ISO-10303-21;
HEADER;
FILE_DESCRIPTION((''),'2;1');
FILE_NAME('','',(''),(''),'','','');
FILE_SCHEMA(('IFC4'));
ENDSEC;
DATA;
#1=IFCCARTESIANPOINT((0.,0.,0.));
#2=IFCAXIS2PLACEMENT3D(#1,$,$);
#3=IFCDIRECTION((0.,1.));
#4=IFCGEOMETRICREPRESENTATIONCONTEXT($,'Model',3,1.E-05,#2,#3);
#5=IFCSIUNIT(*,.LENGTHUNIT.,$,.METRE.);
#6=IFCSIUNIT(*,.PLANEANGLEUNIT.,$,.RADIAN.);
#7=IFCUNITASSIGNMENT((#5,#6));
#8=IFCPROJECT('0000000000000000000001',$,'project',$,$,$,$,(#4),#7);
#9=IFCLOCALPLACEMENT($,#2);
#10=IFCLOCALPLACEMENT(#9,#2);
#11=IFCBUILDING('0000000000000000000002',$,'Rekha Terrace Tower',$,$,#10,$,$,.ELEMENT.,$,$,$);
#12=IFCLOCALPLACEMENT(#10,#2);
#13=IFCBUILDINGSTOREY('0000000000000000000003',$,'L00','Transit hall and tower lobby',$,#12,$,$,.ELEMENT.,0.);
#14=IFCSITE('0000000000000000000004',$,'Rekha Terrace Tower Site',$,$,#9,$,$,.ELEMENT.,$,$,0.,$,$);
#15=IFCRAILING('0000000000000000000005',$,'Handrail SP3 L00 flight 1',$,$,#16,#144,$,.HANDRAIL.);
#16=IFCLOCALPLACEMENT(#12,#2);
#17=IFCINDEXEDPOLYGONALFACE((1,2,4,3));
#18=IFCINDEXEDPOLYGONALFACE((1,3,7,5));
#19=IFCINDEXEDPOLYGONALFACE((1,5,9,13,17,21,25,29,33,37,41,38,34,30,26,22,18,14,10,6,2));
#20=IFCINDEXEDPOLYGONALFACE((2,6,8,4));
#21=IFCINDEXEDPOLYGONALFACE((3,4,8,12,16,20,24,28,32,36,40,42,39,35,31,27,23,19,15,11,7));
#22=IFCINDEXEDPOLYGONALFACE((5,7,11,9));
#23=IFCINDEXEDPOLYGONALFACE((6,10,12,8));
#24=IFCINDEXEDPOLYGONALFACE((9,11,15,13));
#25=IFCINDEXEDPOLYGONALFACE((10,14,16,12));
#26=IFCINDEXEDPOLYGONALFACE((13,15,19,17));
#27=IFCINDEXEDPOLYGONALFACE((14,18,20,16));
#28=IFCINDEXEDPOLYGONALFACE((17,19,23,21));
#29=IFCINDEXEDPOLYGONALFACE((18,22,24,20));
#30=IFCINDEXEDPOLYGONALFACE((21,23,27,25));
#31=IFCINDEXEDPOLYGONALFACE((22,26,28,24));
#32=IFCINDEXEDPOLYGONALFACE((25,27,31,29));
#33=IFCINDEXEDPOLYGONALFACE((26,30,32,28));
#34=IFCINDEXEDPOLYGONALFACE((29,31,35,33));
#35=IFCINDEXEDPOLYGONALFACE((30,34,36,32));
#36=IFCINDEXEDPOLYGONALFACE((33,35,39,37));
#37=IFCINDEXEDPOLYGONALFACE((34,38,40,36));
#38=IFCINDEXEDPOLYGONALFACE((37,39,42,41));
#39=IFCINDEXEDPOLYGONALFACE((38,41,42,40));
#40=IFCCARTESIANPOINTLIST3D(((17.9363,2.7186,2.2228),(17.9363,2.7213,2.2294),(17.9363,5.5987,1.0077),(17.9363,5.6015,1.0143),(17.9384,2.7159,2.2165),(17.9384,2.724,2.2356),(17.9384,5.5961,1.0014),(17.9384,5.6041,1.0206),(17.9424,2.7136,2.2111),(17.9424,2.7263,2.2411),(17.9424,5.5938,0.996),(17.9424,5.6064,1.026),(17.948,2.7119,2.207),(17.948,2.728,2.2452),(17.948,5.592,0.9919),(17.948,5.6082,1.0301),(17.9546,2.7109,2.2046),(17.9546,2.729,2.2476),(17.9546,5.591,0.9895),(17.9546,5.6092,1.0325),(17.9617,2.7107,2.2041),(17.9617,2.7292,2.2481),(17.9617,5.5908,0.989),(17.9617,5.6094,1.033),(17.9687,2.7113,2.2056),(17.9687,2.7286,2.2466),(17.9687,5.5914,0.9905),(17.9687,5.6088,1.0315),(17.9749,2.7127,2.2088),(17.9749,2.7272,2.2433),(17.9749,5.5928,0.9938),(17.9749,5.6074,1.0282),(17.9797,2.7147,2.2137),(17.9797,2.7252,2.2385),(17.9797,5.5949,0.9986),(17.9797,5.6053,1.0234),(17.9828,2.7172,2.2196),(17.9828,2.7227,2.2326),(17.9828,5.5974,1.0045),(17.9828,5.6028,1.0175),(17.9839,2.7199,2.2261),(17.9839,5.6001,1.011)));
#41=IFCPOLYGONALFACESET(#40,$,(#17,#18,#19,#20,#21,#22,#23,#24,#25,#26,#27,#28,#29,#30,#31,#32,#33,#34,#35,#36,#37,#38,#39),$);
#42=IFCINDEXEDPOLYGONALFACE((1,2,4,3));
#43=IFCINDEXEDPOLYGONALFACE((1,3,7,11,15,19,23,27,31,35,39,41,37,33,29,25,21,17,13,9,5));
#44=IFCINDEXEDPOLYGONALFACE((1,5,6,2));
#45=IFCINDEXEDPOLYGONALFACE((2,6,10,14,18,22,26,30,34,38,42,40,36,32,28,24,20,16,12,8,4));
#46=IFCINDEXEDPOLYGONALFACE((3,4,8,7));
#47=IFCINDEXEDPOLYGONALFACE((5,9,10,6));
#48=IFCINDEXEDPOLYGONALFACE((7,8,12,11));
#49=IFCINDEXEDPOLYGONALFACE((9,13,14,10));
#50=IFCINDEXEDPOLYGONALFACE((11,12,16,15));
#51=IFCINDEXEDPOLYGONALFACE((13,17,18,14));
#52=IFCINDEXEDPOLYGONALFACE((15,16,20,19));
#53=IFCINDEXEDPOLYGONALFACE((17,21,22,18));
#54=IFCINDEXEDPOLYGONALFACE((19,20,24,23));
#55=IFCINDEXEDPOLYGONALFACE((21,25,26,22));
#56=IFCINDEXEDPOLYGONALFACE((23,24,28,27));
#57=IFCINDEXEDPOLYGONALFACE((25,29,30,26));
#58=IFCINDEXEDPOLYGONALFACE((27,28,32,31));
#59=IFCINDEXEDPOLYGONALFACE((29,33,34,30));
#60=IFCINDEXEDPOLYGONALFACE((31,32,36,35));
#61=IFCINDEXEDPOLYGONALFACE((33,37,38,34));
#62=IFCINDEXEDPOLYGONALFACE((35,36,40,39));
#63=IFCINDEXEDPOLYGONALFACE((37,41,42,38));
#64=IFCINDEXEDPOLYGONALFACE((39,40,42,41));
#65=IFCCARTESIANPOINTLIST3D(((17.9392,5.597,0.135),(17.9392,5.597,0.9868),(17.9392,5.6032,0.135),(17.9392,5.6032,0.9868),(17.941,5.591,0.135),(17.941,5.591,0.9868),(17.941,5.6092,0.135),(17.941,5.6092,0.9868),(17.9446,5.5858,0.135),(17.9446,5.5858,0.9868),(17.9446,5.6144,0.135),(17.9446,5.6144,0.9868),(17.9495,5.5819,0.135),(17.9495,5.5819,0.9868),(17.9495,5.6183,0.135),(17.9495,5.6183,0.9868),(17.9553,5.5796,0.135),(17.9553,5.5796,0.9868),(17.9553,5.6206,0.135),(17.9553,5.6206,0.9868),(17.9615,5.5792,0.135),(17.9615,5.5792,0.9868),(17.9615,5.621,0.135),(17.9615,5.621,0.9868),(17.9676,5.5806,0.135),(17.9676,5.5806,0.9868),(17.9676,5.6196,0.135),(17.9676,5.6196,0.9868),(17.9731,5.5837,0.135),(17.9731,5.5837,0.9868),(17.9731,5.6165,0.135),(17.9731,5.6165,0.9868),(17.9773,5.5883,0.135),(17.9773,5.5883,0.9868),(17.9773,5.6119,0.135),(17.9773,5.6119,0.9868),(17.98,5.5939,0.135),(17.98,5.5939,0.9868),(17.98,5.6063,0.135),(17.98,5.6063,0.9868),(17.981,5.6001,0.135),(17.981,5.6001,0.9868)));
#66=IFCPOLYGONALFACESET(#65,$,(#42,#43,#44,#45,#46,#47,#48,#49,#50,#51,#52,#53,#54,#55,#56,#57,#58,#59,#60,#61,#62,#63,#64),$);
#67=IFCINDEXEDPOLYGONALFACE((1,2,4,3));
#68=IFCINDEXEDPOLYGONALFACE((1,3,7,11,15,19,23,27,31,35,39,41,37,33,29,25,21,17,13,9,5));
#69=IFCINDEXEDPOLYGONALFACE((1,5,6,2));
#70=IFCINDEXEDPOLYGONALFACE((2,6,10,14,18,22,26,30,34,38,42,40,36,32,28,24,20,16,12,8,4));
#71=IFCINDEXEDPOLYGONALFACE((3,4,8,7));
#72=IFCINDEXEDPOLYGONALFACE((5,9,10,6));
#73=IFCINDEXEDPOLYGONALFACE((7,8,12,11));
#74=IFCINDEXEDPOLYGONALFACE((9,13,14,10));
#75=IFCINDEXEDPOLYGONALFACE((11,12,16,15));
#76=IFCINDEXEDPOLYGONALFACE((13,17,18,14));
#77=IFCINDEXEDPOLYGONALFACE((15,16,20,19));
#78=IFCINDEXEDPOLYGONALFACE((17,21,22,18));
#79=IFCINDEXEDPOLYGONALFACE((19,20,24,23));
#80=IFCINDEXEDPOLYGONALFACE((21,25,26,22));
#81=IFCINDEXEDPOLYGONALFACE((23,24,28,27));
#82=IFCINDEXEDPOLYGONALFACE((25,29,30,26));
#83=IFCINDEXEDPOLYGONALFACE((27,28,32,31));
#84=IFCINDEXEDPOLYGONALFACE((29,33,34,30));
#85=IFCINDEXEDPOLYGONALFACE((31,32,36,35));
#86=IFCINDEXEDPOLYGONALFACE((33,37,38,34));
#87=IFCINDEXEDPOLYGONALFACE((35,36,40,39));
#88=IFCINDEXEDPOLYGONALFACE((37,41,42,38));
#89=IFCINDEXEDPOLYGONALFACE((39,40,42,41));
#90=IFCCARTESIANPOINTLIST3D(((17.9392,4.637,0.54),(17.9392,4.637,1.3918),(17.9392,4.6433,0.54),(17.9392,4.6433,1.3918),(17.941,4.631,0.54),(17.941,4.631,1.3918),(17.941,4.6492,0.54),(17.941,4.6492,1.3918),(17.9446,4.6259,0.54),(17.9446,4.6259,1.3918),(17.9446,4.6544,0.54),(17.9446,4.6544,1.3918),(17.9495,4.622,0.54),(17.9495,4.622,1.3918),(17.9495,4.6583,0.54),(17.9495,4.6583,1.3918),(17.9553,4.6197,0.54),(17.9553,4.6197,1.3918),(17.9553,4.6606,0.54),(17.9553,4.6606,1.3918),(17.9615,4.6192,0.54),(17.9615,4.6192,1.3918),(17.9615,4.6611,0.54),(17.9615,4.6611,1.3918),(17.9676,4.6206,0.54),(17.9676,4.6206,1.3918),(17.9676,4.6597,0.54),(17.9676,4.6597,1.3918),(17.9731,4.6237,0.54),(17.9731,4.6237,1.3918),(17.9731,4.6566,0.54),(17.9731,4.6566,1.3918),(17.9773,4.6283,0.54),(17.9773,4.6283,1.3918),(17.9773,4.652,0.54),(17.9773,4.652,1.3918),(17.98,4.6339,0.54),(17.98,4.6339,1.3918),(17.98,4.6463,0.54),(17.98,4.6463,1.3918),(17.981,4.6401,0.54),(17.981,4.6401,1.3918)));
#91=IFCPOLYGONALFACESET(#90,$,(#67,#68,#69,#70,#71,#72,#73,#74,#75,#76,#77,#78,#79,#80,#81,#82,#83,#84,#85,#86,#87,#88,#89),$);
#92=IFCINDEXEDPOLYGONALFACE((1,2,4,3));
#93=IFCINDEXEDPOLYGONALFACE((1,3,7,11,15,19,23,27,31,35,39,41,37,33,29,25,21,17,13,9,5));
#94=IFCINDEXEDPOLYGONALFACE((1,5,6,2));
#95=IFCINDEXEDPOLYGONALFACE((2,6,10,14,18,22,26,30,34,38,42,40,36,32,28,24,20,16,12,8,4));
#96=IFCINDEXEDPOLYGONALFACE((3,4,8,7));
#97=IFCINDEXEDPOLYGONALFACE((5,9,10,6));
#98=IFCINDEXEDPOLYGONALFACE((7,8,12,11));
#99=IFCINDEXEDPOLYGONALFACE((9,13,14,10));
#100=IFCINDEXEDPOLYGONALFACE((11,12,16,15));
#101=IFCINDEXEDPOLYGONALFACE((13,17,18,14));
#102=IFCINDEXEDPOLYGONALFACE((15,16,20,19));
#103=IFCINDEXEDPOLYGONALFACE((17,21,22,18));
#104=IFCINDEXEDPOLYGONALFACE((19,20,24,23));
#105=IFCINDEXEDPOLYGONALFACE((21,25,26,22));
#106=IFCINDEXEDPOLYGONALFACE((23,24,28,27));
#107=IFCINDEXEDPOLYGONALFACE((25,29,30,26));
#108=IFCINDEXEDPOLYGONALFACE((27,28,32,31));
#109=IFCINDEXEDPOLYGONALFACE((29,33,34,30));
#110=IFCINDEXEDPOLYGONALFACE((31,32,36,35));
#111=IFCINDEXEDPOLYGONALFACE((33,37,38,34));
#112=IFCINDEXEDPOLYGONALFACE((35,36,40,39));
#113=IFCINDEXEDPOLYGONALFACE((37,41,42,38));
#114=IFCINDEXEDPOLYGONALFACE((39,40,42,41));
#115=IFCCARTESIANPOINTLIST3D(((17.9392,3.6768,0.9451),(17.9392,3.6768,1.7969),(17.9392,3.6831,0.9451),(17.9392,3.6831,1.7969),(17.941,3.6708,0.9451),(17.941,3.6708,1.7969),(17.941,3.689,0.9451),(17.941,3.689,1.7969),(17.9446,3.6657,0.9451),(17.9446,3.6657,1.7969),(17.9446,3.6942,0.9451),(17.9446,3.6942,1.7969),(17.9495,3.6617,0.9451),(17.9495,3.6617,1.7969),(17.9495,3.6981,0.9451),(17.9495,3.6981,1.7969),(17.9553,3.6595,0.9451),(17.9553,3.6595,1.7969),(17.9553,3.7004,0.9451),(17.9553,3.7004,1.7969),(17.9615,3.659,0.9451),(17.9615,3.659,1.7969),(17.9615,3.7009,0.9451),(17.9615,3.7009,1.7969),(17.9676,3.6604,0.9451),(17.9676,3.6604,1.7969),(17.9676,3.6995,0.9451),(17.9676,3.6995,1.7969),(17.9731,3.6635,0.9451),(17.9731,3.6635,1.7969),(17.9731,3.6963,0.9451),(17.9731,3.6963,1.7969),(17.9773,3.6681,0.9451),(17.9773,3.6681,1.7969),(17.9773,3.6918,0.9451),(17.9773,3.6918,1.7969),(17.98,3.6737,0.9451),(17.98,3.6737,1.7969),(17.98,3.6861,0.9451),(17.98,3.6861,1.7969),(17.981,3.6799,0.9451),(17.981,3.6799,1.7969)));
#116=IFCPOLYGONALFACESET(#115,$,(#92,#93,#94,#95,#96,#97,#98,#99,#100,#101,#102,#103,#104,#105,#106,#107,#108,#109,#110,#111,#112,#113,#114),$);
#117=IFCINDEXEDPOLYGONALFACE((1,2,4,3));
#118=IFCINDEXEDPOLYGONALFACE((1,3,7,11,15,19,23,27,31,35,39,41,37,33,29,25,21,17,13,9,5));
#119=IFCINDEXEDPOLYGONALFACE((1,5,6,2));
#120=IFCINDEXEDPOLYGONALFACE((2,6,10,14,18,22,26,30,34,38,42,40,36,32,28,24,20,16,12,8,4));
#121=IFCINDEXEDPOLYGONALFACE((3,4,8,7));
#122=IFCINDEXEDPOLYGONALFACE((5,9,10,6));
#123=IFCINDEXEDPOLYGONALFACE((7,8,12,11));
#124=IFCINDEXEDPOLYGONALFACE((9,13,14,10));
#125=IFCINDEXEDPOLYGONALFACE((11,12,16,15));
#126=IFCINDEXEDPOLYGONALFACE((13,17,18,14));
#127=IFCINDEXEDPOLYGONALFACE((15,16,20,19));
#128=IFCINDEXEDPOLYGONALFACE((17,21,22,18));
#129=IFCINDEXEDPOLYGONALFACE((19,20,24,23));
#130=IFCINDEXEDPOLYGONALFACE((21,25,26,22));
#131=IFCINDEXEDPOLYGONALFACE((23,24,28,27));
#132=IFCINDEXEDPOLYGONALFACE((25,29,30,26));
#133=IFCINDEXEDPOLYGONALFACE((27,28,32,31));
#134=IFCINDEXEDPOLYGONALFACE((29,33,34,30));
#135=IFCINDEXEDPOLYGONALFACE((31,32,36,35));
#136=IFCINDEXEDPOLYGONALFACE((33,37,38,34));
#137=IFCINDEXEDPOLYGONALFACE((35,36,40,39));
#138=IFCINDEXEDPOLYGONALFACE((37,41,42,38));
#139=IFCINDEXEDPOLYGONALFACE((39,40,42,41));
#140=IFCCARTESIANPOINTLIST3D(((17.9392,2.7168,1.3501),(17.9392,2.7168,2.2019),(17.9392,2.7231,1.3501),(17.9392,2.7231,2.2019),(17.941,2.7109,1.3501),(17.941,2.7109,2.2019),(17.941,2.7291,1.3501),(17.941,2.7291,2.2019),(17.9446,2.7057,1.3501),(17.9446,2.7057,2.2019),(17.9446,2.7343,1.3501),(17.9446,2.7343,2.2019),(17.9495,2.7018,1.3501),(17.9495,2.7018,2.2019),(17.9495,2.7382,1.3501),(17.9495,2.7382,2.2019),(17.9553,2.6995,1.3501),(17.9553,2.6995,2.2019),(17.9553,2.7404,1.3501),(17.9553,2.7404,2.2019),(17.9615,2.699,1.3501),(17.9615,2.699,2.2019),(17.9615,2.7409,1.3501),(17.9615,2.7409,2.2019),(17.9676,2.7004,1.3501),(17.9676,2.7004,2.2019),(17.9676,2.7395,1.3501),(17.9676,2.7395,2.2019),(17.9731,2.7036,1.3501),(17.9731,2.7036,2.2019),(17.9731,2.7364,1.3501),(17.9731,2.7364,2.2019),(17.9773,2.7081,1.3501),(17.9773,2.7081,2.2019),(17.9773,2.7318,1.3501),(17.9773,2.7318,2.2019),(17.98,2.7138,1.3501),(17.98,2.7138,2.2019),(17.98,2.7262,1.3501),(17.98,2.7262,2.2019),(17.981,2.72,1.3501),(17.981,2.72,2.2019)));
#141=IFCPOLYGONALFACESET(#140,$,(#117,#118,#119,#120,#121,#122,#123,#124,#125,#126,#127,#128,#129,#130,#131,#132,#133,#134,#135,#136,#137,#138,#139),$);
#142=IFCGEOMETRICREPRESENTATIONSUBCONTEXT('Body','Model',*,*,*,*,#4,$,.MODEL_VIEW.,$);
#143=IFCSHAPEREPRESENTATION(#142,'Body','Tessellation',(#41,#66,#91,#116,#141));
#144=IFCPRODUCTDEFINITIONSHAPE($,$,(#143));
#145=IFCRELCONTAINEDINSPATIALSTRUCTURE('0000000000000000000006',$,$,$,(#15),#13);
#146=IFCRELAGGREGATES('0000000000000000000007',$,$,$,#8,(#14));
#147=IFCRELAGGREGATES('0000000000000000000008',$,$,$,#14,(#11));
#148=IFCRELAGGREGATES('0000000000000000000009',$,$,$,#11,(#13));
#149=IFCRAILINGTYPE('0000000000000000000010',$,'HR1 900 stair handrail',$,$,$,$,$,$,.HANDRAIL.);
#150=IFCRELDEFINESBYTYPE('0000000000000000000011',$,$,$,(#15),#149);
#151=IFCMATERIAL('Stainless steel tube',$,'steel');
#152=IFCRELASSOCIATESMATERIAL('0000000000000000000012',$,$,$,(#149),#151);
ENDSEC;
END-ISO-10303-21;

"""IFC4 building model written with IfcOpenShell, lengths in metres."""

from ifc_helpers import new_model, si_unit, direction, frame, origin, origin_2d, place, context, subcontext, project, spatial, circle, extrude, material, type_object, element, save


model = new_model("IFC4")

# Units and contexts
model_context = context("Model", 3, precision=1e-05, world=origin(), true_north=direction((0.0, 1.0)))
body_context = subcontext(model_context, "Body", "Model", "MODEL_VIEW")
ifc_project = project(units=[si_unit("LENGTHUNIT", "METRE"), si_unit("PLANEANGLEUNIT", "RADIAN")], contexts=[model_context])

# Site, building, storey
site_placement = place(None, origin())
site = spatial("IfcSite", under=ifc_project, at=site_placement, Name="Rekha Terrace Tower Site", CompositionType="ELEMENT", RefElevation=0.0)
building_placement = place(site_placement, origin())
building = spatial("IfcBuilding", under=site, at=building_placement, Name="Rekha Terrace Tower", CompositionType="ELEMENT")
storey_placement = place(building_placement, origin())
storey = spatial("IfcBuildingStorey", under=building, at=storey_placement, Name="L00", Description="Transit hall and tower lobby", CompositionType="ELEMENT", Elevation=0.0)

# Railing
ifc_material_1 = material(Name="Stainless steel tube", Category="steel")
railing_type_1 = type_object("IfcRailingType", Name="HR1 900 stair handrail", PredefinedType="HANDRAIL", material=ifc_material_1)
railing_1_placement = place(storey_placement, frame((17.96, 5.6001, 0.135)))
element("IfcRailing", 1, at=railing_1_placement, inside=storey, type_object=railing_type_1, Name="Handrail SP3 L00 flight 1", PredefinedType="HANDRAIL", context=body_context, shape_type="SweptSolid", body=[
    extrude(circle(Radius=0.0239, at=origin_2d()), frame((0.0, 0.0, 0.876), z_axis=(0.0, -0.92136, 0.38871), x_axis=(1.0, 0.0, 0.0)), (0.0, 0.0, 1.0), 3.126),
    extrude(circle(Radius=0.021, at=origin_2d()), origin(), (0.0, 0.0, 1.0), 0.8518),
    extrude(circle(Radius=0.021, at=origin_2d()), frame((0.0, -0.96, 0.405)), (0.0, 0.0, 1.0), 0.8518),
    extrude(circle(Radius=0.021, at=origin_2d()), frame((0.0, -1.9202, 0.8101)), (0.0, 0.0, 1.0), 0.8518),
    extrude(circle(Radius=0.021, at=origin_2d()), frame((0.0, -2.8801, 1.2151)), (0.0, 0.0, 1.0), 0.8518),
])

save(model, "model.ifc")
